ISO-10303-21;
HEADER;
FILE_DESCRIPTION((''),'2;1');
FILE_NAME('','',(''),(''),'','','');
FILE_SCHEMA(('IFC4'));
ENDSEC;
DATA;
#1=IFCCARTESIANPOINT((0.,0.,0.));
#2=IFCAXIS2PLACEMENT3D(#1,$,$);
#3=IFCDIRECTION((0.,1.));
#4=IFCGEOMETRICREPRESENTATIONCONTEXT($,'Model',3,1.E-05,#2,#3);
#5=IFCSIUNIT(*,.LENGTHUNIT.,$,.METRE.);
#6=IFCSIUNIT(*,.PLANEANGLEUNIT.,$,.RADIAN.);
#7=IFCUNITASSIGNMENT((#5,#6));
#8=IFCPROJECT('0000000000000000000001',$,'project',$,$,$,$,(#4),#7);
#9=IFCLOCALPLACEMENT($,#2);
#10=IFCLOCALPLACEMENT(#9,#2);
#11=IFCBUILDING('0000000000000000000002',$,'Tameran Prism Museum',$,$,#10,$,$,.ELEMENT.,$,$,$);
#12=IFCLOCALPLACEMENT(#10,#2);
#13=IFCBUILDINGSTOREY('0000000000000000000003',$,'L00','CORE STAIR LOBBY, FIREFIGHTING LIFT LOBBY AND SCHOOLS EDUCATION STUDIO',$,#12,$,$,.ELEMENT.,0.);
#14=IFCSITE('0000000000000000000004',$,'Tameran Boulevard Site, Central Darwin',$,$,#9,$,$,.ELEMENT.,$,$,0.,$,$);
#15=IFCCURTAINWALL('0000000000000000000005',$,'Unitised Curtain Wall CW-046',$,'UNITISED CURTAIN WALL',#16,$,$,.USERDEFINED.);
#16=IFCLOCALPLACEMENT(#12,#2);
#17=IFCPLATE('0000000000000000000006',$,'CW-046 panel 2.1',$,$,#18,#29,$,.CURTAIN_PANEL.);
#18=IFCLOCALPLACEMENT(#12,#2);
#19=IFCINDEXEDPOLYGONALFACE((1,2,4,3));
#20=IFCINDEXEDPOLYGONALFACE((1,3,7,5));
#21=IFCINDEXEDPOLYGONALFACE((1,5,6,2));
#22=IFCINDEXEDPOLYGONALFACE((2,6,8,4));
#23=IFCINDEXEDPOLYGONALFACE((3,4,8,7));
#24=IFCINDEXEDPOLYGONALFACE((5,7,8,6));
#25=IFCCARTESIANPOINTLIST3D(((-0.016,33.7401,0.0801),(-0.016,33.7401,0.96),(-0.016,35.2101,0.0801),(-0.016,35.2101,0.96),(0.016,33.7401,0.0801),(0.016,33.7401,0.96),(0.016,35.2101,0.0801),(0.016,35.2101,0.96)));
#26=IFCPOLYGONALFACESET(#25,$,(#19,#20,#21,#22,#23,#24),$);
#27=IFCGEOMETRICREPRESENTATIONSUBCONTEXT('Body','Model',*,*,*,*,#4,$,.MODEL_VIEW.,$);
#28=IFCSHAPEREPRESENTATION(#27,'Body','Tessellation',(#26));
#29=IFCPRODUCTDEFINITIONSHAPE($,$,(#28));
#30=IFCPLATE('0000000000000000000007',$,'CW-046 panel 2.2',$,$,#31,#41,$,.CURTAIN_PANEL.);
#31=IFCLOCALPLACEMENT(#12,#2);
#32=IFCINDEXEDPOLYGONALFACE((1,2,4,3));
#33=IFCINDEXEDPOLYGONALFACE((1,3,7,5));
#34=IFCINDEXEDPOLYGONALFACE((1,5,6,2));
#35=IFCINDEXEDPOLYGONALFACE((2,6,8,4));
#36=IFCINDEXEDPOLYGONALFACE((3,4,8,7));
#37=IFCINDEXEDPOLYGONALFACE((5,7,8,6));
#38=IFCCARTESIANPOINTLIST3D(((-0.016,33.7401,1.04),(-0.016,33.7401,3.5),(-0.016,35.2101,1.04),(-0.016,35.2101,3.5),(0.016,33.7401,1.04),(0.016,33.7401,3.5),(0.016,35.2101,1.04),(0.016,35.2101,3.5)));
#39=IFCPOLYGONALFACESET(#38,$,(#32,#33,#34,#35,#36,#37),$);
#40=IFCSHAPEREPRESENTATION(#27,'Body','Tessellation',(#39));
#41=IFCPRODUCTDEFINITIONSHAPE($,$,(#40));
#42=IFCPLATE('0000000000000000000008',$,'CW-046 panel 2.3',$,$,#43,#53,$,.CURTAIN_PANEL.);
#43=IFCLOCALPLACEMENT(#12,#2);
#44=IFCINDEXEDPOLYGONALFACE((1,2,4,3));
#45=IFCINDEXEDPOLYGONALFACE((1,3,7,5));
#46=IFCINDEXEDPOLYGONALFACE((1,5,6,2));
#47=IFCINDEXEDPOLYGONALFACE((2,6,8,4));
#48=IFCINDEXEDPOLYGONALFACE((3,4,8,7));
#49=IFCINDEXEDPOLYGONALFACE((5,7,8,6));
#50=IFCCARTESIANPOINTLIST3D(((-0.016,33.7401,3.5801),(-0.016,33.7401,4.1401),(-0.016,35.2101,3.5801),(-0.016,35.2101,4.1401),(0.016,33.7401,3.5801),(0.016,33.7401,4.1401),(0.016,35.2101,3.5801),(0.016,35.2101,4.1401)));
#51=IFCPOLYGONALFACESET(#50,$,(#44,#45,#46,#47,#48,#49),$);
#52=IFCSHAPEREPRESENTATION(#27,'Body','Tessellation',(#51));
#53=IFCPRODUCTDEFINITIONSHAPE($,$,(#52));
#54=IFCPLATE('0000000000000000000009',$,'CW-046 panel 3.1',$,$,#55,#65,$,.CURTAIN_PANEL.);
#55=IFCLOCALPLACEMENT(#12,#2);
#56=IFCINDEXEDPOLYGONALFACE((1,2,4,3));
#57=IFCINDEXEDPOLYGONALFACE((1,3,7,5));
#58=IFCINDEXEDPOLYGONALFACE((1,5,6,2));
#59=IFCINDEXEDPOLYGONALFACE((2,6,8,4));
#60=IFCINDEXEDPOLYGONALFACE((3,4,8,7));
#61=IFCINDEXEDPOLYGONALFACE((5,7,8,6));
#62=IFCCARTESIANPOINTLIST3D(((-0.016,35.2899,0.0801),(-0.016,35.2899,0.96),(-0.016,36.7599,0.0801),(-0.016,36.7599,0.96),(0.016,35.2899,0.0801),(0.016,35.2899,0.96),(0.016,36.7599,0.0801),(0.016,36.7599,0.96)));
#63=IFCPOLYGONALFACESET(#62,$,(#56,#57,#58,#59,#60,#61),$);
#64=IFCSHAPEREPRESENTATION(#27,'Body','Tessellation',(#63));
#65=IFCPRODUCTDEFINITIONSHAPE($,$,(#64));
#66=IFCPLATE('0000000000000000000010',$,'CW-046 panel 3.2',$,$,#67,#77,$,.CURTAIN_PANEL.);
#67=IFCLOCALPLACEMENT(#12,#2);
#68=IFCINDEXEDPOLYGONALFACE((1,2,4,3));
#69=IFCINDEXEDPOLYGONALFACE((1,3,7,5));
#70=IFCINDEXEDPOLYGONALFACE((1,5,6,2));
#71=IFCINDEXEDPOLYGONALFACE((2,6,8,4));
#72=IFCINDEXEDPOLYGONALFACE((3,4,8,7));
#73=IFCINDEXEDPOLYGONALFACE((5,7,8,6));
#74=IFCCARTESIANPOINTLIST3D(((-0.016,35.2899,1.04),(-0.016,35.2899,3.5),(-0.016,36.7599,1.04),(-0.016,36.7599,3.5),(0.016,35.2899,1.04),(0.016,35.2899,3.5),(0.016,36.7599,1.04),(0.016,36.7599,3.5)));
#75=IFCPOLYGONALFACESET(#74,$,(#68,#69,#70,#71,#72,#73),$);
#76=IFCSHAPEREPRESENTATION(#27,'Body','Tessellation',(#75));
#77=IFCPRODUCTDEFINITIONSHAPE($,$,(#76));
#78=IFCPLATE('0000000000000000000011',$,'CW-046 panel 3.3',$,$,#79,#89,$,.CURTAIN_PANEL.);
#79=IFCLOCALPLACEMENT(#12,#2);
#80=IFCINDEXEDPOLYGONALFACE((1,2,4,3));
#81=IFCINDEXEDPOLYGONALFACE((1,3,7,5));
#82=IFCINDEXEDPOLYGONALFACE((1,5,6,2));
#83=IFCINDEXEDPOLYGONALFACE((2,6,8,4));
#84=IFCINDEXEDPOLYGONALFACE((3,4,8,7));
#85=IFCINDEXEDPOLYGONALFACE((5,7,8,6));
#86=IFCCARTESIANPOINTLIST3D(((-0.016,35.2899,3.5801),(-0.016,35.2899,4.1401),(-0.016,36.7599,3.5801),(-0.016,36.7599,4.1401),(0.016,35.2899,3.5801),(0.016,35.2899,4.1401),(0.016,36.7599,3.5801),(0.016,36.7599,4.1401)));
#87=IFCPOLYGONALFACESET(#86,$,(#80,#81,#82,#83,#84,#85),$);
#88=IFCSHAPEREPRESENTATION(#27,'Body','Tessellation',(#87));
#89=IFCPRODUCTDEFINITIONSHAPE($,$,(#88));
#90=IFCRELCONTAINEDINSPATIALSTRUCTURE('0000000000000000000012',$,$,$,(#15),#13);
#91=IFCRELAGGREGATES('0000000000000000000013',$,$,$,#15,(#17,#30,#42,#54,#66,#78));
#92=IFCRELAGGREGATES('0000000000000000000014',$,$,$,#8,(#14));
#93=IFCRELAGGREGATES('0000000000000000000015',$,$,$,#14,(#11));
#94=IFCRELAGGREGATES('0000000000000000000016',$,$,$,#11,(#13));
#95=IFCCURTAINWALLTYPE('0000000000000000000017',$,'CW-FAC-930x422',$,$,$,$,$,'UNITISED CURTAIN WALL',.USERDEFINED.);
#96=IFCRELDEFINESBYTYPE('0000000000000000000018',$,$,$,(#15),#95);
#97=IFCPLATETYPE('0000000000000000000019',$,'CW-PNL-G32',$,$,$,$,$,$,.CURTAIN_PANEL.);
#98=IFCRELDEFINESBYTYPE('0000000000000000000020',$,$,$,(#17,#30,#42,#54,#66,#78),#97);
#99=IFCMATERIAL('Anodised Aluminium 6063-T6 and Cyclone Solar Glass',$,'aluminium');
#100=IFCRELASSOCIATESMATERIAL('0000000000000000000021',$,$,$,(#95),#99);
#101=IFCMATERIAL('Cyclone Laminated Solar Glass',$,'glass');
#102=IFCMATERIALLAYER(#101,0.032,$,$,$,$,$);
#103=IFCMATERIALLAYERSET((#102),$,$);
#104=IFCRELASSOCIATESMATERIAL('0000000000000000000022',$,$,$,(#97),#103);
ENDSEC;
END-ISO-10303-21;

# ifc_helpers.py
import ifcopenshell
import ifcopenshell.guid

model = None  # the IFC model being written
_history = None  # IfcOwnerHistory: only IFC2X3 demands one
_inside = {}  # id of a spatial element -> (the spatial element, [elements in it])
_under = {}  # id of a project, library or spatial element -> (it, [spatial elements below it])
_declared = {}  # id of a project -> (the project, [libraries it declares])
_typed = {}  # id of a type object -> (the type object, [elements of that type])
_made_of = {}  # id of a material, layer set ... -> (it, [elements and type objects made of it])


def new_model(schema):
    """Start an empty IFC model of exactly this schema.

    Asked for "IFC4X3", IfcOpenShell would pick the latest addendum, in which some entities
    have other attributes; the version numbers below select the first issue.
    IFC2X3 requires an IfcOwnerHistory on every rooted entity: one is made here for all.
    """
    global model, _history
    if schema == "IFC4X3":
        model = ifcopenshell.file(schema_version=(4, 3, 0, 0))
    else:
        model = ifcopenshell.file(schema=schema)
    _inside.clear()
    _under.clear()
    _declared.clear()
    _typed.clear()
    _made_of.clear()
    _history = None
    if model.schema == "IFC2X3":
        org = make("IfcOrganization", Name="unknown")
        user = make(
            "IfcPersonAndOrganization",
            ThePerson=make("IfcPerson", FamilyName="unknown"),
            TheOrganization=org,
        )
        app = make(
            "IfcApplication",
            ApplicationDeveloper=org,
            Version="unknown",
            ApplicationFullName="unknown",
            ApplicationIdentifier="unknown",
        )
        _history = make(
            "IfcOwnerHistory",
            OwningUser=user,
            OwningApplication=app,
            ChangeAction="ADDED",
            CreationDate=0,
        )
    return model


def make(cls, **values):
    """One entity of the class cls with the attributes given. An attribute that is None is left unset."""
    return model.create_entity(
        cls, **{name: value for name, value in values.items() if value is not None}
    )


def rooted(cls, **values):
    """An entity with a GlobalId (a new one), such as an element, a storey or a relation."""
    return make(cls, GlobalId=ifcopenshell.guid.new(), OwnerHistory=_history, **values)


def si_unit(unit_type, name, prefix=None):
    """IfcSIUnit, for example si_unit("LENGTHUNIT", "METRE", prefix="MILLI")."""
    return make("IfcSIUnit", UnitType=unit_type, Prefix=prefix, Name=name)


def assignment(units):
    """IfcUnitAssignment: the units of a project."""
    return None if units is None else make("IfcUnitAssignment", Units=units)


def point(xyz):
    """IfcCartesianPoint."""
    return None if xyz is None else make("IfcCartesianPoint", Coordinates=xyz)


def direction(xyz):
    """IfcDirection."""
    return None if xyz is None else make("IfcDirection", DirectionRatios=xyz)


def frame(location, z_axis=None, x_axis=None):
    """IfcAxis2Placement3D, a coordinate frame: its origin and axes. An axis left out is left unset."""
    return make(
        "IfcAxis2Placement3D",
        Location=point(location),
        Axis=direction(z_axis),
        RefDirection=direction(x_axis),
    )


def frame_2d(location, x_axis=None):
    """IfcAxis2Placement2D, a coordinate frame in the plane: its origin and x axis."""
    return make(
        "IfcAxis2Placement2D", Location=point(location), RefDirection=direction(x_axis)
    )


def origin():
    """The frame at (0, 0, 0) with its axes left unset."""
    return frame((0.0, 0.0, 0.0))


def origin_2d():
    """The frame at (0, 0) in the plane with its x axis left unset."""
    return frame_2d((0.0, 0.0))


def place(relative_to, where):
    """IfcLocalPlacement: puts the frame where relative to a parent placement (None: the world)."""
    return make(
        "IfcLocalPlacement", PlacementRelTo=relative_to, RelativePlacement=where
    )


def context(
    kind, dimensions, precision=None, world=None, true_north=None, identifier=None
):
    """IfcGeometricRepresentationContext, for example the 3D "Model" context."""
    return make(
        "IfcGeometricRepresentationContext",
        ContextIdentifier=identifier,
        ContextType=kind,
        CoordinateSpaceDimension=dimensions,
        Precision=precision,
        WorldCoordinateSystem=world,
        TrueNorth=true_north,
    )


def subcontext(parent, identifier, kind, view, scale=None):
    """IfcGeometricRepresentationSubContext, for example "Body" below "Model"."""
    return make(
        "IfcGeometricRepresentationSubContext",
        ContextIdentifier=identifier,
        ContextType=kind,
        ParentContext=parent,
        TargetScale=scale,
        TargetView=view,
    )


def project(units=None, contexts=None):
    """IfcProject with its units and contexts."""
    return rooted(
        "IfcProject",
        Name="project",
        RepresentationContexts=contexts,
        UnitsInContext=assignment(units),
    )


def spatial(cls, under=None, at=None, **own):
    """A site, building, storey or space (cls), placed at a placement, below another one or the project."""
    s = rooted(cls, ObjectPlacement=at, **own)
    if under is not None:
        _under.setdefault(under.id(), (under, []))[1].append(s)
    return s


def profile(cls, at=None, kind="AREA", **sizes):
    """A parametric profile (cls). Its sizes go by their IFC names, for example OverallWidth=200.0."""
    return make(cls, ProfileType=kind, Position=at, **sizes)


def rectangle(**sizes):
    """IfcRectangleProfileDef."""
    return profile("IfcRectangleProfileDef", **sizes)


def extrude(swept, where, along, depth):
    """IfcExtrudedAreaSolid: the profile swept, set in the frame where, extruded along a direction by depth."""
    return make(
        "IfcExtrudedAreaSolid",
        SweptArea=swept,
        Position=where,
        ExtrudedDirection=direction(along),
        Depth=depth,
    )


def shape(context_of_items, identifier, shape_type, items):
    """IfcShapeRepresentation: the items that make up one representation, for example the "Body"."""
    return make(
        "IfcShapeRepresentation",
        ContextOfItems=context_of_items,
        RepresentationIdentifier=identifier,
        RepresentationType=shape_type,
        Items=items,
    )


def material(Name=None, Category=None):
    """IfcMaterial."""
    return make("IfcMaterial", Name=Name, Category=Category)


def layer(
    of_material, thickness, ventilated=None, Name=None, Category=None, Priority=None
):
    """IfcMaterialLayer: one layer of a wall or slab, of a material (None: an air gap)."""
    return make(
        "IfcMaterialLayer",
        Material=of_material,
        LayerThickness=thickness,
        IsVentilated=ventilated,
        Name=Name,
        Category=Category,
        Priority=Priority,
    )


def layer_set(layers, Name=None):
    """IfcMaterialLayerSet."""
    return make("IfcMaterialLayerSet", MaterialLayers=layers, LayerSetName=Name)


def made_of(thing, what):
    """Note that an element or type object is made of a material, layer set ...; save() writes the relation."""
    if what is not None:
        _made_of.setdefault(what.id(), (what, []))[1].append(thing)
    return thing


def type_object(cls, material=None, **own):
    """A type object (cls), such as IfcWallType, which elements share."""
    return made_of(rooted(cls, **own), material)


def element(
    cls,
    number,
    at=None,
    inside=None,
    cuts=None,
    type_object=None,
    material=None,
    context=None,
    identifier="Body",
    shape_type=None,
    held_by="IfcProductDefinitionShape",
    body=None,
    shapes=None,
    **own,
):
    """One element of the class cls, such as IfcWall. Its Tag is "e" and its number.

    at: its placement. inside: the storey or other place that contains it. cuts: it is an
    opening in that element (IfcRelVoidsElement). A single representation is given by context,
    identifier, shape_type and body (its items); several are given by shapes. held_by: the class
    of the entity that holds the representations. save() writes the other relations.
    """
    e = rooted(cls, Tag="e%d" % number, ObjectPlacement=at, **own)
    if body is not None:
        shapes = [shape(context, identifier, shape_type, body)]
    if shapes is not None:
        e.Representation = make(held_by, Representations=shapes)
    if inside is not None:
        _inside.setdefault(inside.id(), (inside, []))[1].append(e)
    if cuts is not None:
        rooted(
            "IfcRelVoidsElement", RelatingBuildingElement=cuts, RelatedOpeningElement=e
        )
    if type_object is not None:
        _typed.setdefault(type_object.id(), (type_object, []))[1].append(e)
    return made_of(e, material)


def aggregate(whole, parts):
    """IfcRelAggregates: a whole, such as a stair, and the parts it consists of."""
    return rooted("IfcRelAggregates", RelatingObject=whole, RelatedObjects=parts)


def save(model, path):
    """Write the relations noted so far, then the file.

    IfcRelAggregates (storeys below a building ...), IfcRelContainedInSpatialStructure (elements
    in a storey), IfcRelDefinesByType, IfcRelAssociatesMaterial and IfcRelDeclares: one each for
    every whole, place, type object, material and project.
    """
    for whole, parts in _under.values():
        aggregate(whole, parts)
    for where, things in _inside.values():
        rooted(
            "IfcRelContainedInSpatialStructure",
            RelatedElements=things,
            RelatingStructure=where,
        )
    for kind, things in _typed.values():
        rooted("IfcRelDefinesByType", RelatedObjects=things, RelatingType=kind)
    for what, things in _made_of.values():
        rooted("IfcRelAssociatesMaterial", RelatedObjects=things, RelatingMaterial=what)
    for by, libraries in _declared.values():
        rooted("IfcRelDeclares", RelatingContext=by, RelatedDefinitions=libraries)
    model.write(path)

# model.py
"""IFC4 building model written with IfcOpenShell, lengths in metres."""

from ifc_helpers import new_model, si_unit, direction, frame, origin, origin_2d, place, context, subcontext, project, spatial, rectangle, extrude, material, layer, layer_set, type_object, element, aggregate, save


model = new_model("IFC4")

# Units and contexts
model_context = context("Model", 3, precision=1e-05, world=origin(), true_north=direction((0.0, 1.0)))
body_context = subcontext(model_context, "Body", "Model", "MODEL_VIEW")
ifc_project = project(units=[si_unit("LENGTHUNIT", "METRE"), si_unit("PLANEANGLEUNIT", "RADIAN")], contexts=[model_context])

# Site, building, storey
site_placement = place(None, origin())
site = spatial("IfcSite", under=ifc_project, at=site_placement, Name="Tameran Boulevard Site, Central Darwin", CompositionType="ELEMENT", RefElevation=0.0)
building_placement = place(site_placement, origin())
building = spatial("IfcBuilding", under=site, at=building_placement, Name="Tameran Prism Museum", CompositionType="ELEMENT")
storey_placement = place(building_placement, origin())
storey = spatial("IfcBuildingStorey", under=building, at=storey_placement, Name="L00", Description="CORE STAIR LOBBY, FIREFIGHTING LIFT LOBBY AND SCHOOLS EDUCATION STUDIO", CompositionType="ELEMENT", Elevation=0.0)

# Curtain wall, plates
ifc_material_1 = material(Name="Anodised Aluminium 6063-T6 and Cyclone Solar Glass", Category="aluminium")
curtain_wall_type = type_object("IfcCurtainWallType", Name="CW-FAC-930x422", ElementType="UNITISED CURTAIN WALL", PredefinedType="USERDEFINED", material=ifc_material_1)
curtain_wall_placement = place(storey_placement, origin())
curtain_wall = element("IfcCurtainWall", 1, at=curtain_wall_placement, inside=storey, type_object=curtain_wall_type, Name="Unitised Curtain Wall CW-046", ObjectType="UNITISED CURTAIN WALL", PredefinedType="USERDEFINED")
ifc_material_2 = material(Name="Cyclone Laminated Solar Glass", Category="glass")
ifc_layer = layer(ifc_material_2, 0.032)
ifc_layer_set = layer_set([ifc_layer])
plate_type = type_object("IfcPlateType", Name="CW-PNL-G32", PredefinedType="CURTAIN_PANEL", material=ifc_layer_set)
plate_1_placement = place(storey_placement, frame((0.0, 34.4751, 0.0801), z_axis=(0.0, 0.0, 1.0), x_axis=(0.0, 1.0, 0.0)))
plate_1 = element("IfcPlate", 2, at=plate_1_placement, type_object=plate_type, Name="CW-046 panel 2.1", PredefinedType="CURTAIN_PANEL", context=body_context, shape_type="SweptSolid", body=[
    extrude(rectangle(XDim=1.47, YDim=0.032, at=origin_2d()), origin(), (0.0, 0.0, 1.0), 0.8799),
])
plate_2_placement = place(storey_placement, frame((0.0, 34.4751, 1.04), z_axis=(0.0, 0.0, 1.0), x_axis=(0.0, 1.0, 0.0)))
plate_2 = element("IfcPlate", 3, at=plate_2_placement, type_object=plate_type, Name="CW-046 panel 2.2", PredefinedType="CURTAIN_PANEL", context=body_context, shape_type="SweptSolid", body=[
    extrude(rectangle(XDim=1.47, YDim=0.032, at=origin_2d()), origin(), (0.0, 0.0, 1.0), 2.46),
])
plate_3_placement = place(storey_placement, frame((0.0, 34.4751, 3.5801), z_axis=(0.0, 0.0, 1.0), x_axis=(0.0, 1.0, 0.0)))
plate_3 = element("IfcPlate", 4, at=plate_3_placement, type_object=plate_type, Name="CW-046 panel 2.3", PredefinedType="CURTAIN_PANEL", context=body_context, shape_type="SweptSolid", body=[
    extrude(rectangle(XDim=1.47, YDim=0.032, at=origin_2d()), origin(), (0.0, 0.0, 1.0), 0.5601),
])
plate_4_placement = place(storey_placement, frame((0.0, 36.0249, 0.0801), z_axis=(0.0, 0.0, 1.0), x_axis=(0.0, 1.0, 0.0)))
plate_4 = element("IfcPlate", 5, at=plate_4_placement, type_object=plate_type, Name="CW-046 panel 3.1", PredefinedType="CURTAIN_PANEL", context=body_context, shape_type="SweptSolid", body=[
    extrude(rectangle(XDim=1.47, YDim=0.032, at=origin_2d()), origin(), (0.0, 0.0, 1.0), 0.8799),
])
plate_5_placement = place(storey_placement, frame((0.0, 36.0249, 1.04), z_axis=(0.0, 0.0, 1.0), x_axis=(0.0, 1.0, 0.0)))
plate_5 = element("IfcPlate", 6, at=plate_5_placement, type_object=plate_type, Name="CW-046 panel 3.2", PredefinedType="CURTAIN_PANEL", context=body_context, shape_type="SweptSolid", body=[
    extrude(rectangle(XDim=1.47, YDim=0.032, at=origin_2d()), origin(), (0.0, 0.0, 1.0), 2.46),
])
plate_6_placement = place(storey_placement, frame((0.0, 36.0249, 3.5801), z_axis=(0.0, 0.0, 1.0), x_axis=(0.0, 1.0, 0.0)))
plate_6 = element("IfcPlate", 7, at=plate_6_placement, type_object=plate_type, Name="CW-046 panel 3.3", PredefinedType="CURTAIN_PANEL", context=body_context, shape_type="SweptSolid", body=[
    extrude(rectangle(XDim=1.47, YDim=0.032, at=origin_2d()), origin(), (0.0, 0.0, 1.0), 0.5601),
])
aggregate(curtain_wall, [plate_1, plate_2, plate_3, plate_4, plate_5, plate_6])

save(model, "model.ifc")
